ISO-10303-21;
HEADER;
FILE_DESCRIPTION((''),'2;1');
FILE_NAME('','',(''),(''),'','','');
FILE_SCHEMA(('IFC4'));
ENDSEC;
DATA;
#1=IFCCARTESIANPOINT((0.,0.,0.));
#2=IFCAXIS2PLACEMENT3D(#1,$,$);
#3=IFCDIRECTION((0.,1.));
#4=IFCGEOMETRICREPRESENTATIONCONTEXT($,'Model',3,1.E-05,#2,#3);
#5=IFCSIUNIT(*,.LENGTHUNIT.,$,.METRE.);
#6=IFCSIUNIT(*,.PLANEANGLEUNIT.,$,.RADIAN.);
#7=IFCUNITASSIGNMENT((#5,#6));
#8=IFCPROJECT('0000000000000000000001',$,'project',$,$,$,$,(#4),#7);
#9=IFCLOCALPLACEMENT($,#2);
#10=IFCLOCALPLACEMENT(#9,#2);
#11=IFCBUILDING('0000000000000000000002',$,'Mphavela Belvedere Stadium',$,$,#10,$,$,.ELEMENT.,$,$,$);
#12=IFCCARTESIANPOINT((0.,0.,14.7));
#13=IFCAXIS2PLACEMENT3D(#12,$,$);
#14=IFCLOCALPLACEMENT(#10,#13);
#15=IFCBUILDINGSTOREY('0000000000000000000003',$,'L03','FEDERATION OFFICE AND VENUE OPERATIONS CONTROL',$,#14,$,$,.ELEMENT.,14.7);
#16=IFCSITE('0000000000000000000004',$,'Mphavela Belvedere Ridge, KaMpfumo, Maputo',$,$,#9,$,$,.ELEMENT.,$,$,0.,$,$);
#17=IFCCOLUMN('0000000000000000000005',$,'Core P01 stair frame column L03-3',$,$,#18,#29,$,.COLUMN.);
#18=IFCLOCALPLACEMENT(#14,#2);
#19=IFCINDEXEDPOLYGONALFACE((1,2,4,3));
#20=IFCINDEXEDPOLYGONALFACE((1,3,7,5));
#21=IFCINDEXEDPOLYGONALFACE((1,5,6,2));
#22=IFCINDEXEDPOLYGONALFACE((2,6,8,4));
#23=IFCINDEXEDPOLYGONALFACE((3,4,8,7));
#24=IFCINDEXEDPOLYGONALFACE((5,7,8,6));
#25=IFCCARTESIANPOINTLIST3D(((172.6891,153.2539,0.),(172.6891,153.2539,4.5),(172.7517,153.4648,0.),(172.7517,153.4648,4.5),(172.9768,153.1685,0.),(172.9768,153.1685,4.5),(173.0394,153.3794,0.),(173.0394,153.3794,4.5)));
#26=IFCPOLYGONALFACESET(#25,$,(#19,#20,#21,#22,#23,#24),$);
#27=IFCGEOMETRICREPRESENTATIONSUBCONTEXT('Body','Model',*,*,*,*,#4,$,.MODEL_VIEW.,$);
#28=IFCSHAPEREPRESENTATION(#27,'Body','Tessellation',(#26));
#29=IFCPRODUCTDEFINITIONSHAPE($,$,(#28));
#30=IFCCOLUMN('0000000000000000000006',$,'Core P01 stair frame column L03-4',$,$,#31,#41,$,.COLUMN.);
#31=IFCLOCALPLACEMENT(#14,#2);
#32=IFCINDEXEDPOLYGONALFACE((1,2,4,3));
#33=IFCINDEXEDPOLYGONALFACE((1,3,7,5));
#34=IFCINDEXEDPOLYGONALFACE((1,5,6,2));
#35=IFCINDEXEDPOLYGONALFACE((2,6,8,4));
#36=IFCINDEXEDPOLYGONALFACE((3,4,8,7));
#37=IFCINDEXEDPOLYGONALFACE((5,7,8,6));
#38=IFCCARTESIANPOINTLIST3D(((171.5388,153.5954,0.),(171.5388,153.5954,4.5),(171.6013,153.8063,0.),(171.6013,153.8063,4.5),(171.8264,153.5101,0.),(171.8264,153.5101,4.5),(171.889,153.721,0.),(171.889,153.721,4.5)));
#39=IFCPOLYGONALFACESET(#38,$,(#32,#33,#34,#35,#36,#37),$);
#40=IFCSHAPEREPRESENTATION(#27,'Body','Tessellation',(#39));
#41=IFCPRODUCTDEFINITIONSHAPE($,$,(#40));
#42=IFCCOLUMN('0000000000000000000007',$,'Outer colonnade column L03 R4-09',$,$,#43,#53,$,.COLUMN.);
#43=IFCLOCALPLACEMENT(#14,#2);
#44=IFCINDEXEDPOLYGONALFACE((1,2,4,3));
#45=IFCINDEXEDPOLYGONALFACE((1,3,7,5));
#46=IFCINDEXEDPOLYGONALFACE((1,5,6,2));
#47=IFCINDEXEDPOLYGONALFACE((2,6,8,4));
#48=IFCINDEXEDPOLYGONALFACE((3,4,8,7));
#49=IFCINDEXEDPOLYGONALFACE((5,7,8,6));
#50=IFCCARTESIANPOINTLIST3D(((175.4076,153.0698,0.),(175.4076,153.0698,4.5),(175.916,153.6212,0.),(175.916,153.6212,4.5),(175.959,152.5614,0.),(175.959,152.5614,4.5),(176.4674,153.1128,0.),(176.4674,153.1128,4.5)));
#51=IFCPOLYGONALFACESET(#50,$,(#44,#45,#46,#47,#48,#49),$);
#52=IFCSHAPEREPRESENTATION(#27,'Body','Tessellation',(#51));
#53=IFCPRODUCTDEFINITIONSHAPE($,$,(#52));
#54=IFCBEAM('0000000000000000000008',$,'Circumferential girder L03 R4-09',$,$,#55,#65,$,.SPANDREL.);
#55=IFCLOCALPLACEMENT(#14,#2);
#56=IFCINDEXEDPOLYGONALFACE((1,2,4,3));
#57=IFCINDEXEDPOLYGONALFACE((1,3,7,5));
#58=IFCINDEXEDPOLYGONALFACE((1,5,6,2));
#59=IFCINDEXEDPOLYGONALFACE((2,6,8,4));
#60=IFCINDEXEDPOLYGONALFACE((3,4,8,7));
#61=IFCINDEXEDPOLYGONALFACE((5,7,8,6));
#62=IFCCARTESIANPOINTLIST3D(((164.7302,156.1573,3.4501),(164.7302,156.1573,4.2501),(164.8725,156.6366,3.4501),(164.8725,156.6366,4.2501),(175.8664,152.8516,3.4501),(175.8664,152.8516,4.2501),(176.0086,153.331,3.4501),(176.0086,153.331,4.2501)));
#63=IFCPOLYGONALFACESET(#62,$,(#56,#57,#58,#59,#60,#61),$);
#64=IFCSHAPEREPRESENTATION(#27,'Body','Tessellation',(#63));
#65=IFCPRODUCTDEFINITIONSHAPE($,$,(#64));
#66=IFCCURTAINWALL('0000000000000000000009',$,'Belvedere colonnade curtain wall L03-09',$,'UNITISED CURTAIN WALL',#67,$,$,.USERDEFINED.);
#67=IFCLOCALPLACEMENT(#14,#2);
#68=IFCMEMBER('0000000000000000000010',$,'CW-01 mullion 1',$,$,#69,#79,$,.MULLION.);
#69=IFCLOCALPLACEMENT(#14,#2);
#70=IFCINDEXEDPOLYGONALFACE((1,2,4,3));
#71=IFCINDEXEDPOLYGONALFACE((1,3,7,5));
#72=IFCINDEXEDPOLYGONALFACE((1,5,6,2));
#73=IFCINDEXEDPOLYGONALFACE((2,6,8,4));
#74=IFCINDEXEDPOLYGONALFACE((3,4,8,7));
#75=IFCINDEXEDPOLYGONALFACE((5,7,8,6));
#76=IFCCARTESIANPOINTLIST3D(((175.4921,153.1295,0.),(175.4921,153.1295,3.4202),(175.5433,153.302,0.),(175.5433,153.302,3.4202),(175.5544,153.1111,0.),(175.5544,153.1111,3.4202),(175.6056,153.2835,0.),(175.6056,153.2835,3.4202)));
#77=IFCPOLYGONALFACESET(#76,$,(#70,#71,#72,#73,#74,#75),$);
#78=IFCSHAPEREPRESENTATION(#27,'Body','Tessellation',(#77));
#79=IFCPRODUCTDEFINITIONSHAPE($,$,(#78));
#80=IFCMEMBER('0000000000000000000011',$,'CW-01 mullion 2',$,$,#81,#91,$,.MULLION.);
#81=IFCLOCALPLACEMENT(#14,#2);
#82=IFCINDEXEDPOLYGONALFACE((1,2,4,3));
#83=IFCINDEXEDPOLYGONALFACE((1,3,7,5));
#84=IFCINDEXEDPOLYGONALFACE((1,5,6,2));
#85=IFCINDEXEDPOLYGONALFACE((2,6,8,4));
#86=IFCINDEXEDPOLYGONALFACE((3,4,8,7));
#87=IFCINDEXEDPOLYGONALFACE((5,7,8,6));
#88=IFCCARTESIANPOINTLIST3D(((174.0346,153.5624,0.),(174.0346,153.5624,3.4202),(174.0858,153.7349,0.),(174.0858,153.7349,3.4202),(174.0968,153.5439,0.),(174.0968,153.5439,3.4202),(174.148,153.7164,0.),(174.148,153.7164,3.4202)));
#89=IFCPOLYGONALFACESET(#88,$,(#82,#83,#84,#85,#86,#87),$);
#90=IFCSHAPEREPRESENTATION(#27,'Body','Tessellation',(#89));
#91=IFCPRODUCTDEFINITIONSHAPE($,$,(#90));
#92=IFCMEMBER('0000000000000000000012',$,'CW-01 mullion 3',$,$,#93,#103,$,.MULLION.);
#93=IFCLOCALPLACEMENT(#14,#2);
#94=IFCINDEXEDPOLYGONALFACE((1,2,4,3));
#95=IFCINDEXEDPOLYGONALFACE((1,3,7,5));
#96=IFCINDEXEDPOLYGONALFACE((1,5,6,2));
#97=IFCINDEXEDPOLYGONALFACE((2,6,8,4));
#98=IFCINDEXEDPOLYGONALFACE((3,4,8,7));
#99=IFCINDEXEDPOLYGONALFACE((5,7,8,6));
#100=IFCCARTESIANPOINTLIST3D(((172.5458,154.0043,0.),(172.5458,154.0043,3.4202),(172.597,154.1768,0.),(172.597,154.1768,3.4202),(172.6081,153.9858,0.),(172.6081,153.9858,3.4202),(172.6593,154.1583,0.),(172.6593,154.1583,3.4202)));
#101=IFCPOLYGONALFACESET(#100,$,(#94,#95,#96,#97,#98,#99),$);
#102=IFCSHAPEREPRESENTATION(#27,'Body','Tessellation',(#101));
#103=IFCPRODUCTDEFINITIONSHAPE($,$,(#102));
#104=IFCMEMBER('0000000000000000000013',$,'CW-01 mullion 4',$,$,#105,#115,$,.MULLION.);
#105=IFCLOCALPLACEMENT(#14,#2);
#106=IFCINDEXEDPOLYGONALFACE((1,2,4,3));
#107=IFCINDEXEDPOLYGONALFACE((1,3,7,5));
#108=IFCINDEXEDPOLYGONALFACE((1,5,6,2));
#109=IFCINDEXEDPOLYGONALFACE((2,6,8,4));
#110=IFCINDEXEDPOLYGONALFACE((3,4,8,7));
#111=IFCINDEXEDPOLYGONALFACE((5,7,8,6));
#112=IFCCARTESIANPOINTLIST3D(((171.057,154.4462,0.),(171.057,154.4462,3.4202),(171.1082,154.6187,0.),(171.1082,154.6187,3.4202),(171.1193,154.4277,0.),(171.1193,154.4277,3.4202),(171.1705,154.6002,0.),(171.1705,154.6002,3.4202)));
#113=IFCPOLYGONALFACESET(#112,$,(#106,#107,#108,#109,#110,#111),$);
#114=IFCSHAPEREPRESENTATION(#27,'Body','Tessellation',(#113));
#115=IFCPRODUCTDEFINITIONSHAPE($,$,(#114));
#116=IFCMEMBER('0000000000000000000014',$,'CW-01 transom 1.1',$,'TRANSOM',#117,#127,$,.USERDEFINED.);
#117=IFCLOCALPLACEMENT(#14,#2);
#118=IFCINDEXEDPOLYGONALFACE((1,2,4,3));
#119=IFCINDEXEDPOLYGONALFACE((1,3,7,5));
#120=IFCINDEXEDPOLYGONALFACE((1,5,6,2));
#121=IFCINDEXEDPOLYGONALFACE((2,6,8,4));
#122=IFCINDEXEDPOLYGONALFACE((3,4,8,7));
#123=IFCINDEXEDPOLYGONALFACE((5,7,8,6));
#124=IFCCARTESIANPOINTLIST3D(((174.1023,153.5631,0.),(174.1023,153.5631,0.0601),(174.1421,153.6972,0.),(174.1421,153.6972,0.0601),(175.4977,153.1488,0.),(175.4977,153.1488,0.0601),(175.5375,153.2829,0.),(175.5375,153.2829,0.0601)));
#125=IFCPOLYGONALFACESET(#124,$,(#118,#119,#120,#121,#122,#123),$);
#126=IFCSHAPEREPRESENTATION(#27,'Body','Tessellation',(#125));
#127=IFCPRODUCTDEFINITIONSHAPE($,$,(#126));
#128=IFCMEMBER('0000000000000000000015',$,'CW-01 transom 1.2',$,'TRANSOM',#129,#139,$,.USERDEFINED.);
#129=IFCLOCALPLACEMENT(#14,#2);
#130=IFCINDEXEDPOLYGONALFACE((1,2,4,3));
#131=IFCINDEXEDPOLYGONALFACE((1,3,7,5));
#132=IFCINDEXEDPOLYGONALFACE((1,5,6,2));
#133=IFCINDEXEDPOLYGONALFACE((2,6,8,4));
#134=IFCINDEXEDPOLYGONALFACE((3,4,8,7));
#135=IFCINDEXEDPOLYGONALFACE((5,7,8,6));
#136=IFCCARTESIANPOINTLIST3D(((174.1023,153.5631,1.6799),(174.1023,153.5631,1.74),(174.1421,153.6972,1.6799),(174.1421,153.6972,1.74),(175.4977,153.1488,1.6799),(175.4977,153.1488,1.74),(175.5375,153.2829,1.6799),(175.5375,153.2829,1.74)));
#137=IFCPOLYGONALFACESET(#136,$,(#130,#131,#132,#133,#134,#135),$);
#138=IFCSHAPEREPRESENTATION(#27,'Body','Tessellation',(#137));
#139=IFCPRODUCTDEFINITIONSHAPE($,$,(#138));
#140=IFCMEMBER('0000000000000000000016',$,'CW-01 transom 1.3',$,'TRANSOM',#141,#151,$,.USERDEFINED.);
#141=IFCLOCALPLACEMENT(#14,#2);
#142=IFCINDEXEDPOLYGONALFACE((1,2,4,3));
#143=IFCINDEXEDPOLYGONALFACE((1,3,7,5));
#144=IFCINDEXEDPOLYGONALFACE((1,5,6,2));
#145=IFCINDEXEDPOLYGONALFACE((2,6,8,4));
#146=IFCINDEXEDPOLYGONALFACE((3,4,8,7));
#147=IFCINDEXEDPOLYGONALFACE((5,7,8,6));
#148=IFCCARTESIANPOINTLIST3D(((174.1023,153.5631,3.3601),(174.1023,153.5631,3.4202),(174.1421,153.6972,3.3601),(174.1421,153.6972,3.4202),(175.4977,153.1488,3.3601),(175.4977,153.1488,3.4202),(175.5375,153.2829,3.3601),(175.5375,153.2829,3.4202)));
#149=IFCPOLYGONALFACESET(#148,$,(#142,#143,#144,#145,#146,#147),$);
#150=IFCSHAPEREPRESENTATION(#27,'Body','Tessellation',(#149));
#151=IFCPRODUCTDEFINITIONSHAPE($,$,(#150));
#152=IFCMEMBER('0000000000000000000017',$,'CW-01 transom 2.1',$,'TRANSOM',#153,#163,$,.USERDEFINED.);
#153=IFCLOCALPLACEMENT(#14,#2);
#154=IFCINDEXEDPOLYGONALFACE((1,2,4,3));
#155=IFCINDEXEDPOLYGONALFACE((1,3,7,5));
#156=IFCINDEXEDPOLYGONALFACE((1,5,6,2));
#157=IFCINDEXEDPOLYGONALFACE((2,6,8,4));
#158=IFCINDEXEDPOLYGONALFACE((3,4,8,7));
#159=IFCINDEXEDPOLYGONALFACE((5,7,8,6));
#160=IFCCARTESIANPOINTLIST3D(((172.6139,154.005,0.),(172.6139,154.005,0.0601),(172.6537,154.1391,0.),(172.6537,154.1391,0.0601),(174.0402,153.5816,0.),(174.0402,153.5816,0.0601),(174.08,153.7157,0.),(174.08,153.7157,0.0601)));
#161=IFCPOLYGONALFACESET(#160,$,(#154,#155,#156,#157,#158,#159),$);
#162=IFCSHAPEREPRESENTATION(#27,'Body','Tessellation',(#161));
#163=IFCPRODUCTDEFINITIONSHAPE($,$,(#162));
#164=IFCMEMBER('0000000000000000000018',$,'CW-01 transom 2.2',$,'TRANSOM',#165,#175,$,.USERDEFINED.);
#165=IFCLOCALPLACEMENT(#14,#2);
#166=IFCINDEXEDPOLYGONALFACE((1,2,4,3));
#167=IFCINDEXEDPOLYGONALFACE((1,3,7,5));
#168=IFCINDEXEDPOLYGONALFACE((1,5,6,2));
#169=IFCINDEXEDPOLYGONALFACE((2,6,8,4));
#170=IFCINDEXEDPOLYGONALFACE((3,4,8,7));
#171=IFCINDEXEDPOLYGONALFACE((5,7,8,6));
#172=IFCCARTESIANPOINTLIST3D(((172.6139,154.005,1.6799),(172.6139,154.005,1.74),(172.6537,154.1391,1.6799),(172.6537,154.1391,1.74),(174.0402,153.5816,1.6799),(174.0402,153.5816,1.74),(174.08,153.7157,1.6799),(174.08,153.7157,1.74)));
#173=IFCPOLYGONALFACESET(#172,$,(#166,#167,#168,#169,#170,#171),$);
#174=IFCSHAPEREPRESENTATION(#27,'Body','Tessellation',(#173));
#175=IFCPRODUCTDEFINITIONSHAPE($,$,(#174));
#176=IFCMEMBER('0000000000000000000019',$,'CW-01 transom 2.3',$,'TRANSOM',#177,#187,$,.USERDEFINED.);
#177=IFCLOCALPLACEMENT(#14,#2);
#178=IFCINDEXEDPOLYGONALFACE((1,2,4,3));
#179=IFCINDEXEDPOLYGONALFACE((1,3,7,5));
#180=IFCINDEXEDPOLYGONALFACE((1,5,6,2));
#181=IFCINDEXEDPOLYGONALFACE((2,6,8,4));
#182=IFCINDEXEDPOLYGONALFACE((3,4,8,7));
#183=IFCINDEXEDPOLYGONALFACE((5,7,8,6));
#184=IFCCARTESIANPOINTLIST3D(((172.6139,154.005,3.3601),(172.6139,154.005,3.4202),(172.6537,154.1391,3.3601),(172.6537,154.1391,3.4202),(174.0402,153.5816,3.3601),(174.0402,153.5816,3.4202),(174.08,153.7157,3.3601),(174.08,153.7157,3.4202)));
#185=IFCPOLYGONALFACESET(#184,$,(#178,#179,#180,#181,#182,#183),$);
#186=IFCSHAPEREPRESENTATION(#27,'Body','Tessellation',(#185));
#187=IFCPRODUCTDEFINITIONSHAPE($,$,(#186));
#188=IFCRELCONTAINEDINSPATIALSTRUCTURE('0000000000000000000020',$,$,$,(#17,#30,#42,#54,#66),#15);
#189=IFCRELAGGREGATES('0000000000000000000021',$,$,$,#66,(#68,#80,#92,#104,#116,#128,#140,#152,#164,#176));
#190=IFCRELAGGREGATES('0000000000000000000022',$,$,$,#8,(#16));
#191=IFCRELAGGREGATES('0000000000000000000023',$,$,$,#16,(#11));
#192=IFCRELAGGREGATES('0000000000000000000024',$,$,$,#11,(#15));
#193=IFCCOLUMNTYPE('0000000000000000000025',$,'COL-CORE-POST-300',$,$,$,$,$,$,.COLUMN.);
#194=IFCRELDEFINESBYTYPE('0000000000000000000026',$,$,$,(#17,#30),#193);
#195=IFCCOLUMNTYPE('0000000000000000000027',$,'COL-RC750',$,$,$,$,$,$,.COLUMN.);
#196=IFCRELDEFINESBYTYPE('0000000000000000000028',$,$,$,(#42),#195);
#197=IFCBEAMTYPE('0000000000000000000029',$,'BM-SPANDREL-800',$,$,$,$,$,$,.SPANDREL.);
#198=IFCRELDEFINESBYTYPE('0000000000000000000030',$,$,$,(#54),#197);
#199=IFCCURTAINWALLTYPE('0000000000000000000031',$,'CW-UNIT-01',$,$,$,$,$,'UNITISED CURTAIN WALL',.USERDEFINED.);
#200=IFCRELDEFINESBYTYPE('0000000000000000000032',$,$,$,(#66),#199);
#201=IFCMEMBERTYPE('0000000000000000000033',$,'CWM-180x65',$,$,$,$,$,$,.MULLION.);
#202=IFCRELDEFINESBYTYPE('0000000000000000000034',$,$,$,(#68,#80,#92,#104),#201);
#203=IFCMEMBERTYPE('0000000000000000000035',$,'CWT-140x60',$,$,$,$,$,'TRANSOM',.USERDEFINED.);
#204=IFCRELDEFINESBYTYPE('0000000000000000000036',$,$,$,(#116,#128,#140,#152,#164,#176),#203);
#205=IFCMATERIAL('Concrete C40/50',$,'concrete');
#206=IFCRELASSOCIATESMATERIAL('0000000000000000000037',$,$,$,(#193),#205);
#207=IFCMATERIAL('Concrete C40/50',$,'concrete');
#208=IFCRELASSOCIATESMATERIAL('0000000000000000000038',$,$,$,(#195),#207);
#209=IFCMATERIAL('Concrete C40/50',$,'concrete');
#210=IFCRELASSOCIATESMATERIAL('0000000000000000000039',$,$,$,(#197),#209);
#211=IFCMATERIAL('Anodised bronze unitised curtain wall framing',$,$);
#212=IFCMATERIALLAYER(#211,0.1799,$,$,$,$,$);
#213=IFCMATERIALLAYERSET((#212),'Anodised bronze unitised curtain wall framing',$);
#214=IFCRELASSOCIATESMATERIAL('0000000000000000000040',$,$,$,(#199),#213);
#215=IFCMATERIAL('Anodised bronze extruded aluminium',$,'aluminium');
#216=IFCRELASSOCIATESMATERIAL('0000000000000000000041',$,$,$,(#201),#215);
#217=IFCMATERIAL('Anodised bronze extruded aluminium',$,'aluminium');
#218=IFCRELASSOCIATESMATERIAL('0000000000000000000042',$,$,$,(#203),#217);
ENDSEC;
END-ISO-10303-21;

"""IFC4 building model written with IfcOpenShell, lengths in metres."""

from ifc_helpers import new_model, si_unit, direction, frame, origin, origin_2d, place, context, subcontext, project, spatial, rectangle, extrude, material, layer, layer_set, material_profile, profile_set, type_object, element, aggregate, save


model = new_model("IFC4")

# Units and contexts
model_context = context("Model", 3, precision=1e-05, world=origin(), true_north=direction((0.0, 1.0)))
body_context = subcontext(model_context, "Body", "Model", "MODEL_VIEW")
ifc_project = project(units=[si_unit("LENGTHUNIT", "METRE"), si_unit("PLANEANGLEUNIT", "RADIAN")], contexts=[model_context])

# Site, building, storey
site_placement = place(None, origin())
site = spatial("IfcSite", under=ifc_project, at=site_placement, Name="Mphavela Belvedere Ridge, KaMpfumo, Maputo", CompositionType="ELEMENT", RefElevation=0.0)
building_placement = place(site_placement, origin())
building = spatial("IfcBuilding", under=site, at=building_placement, Name="Mphavela Belvedere Stadium", CompositionType="ELEMENT")
storey_placement = place(building_placement, frame((0.0, 0.0, 14.7)))
storey = spatial("IfcBuildingStorey", under=building, at=storey_placement, Name="L03", Description="FEDERATION OFFICE AND VENUE OPERATIONS CONTROL", CompositionType="ELEMENT", Elevation=14.7)

# Columns
ifc_material_1 = material(Name="Concrete C40/50", Category="concrete")
ifc_material_profile_1 = material_profile(ifc_material_1, rectangle(XDim=0.3, YDim=0.22, at=origin_2d()), Name="RC 300x220")
ifc_profile_set_1 = profile_set([ifc_material_profile_1], Name="Concrete C40/50")
column_type_1 = type_object("IfcColumnType", Name="COL-CORE-POST-300", PredefinedType="COLUMN", material=ifc_profile_set_1)
for number, where, z_axis, x_axis, name in (
    (1, (172.8643, 153.3167, 0.0), (0.0, 0.0, 1.0), (0.958671, -0.284517, 0.0), "Core P01 stair frame column L03-3"),
    (2, (171.7139, 153.6582, 0.0), (0.0, 0.0, 1.0), (0.958671, -0.284517, 0.0), "Core P01 stair frame column L03-4"),
):
    element("IfcColumn", number, at=place(storey_placement, frame(where, z_axis=z_axis, x_axis=x_axis)), inside=storey, type_object=column_type_1, Name=name, PredefinedType="COLUMN", context=body_context, shape_type="SweptSolid", body=[
        extrude(rectangle(XDim=0.3, YDim=0.22, at=origin_2d()), origin(), (0.0, 0.0, 1.0), 4.5),
    ])
ifc_material_2 = material(Name="Concrete C40/50", Category="concrete")
ifc_material_profile_2 = material_profile(ifc_material_2, rectangle(XDim=0.75, YDim=0.75, at=origin_2d()), Name="RC 750x750")
ifc_profile_set_2 = profile_set([ifc_material_profile_2], Name="Concrete C40/50")
column_type_2 = type_object("IfcColumnType", Name="COL-RC750", PredefinedType="COLUMN", material=ifc_profile_set_2)
column_placement = place(storey_placement, frame((175.9375, 153.0913, 0.0), z_axis=(0.0, 0.0, 1.0), x_axis=(0.677903, 0.735151, 0.0)))
element("IfcColumn", 3, at=column_placement, inside=storey, type_object=column_type_2, Name="Outer colonnade column L03 R4-09", PredefinedType="COLUMN", context=body_context, shape_type="SweptSolid", body=[
    extrude(rectangle(XDim=0.75, YDim=0.75, at=origin_2d()), origin(), (0.0, 0.0, 1.0), 4.5),
])

# Beam
ifc_material_3 = material(Name="Concrete C40/50", Category="concrete")
ifc_material_profile_3 = material_profile(ifc_material_3, rectangle(XDim=0.5, YDim=0.8, at=origin_2d()), Name="RC 500x800")
ifc_profile_set_3 = profile_set([ifc_material_profile_3], Name="Concrete C40/50")
beam_type = type_object("IfcBeamType", Name="BM-SPANDREL-800", PredefinedType="SPANDREL", material=ifc_profile_set_3)
beam_placement = place(storey_placement, frame((175.9375, 153.0913, 3.8501), z_axis=(-0.958656, 0.284566, 0.0), x_axis=(-0.284566, -0.958656, 0.0)))
element("IfcBeam", 4, at=beam_placement, inside=storey, type_object=beam_type, Name="Circumferential girder L03 R4-09", PredefinedType="SPANDREL", context=body_context, shape_type="SweptSolid", body=[
    extrude(rectangle(XDim=0.5, YDim=0.8, at=origin_2d()), origin(), (0.0, 0.0, 1.0), 11.6165),
])

# Curtain wall, members
ifc_material_4 = material(Name="Anodised bronze unitised curtain wall framing")
ifc_layer_1 = layer(ifc_material_4, 0.1799)
ifc_layer_set_1 = layer_set([ifc_layer_1], Name="Anodised bronze unitised curtain wall framing")
curtain_wall_type = type_object("IfcCurtainWallType", Name="CW-UNIT-01", ElementType="UNITISED CURTAIN WALL", PredefinedType="USERDEFINED", material=ifc_layer_set_1)
curtain_wall_placement = place(storey_placement, origin())
curtain_wall = element("IfcCurtainWall", 5, at=curtain_wall_placement, inside=storey, type_object=curtain_wall_type, Name="Belvedere colonnade curtain wall L03-09", ObjectType="UNITISED CURTAIN WALL", PredefinedType="USERDEFINED")
ifc_material_5 = material(Name="Anodised bronze extruded aluminium", Category="aluminium")
ifc_material_profile_4 = material_profile(ifc_material_5, rectangle(XDim=0.1799, YDim=0.0649, at=origin_2d()), Name="CW-MUL 180x65")
ifc_profile_set_4 = profile_set([ifc_material_profile_4], Name="Anodised bronze extruded aluminium")
member_type_1 = type_object("IfcMemberType", Name="CWM-180x65", PredefinedType="MULLION", material=ifc_profile_set_4)
member_1_placement = place(storey_placement, frame((175.5488, 153.2065, 0.0), z_axis=(0.0, 0.0, 1.0), x_axis=(-0.284565, -0.958657, 0.0)))
member_1 = element("IfcMember", 6, at=member_1_placement, type_object=member_type_1, Name="CW-01 mullion 1", PredefinedType="MULLION", context=body_context, shape_type="SweptSolid", body=[
    extrude(rectangle(XDim=0.1799, YDim=0.0649, at=origin_2d()), origin(), (0.0, 0.0, 1.0), 3.4202),
])
member_2_placement = place(storey_placement, frame((174.0913, 153.6394, 0.0), z_axis=(0.0, 0.0, 1.0), x_axis=(-0.284565, -0.958657, 0.0)))
member_2 = element("IfcMember", 7, at=member_2_placement, type_object=member_type_1, Name="CW-01 mullion 2", PredefinedType="MULLION", context=body_context, shape_type="SweptSolid", body=[
    extrude(rectangle(XDim=0.1799, YDim=0.0649, at=origin_2d()), origin(), (0.0, 0.0, 1.0), 3.4202),
])
member_3_placement = place(storey_placement, frame((172.6025, 154.0813, 0.0), z_axis=(0.0, 0.0, 1.0), x_axis=(-0.284565, -0.958657, 0.0)))
member_3 = element("IfcMember", 8, at=member_3_placement, type_object=member_type_1, Name="CW-01 mullion 3", PredefinedType="MULLION", context=body_context, shape_type="SweptSolid", body=[
    extrude(rectangle(XDim=0.1799, YDim=0.0649, at=origin_2d()), origin(), (0.0, 0.0, 1.0), 3.4202),
])
member_4_placement = place(storey_placement, frame((171.1138, 154.5232, 0.0), z_axis=(0.0, 0.0, 1.0), x_axis=(-0.284565, -0.958657, 0.0)))
member_4 = element("IfcMember", 9, at=member_4_placement, type_object=member_type_1, Name="CW-01 mullion 4", PredefinedType="MULLION", context=body_context, shape_type="SweptSolid", body=[
    extrude(rectangle(XDim=0.1799, YDim=0.0649, at=origin_2d()), origin(), (0.0, 0.0, 1.0), 3.4202),
])
ifc_material_6 = material(Name="Anodised bronze extruded aluminium", Category="aluminium")
ifc_material_profile_5 = material_profile(ifc_material_6, rectangle(XDim=0.1399, YDim=0.0601, at=origin_2d()), Name="CW-TRN 140x60")
ifc_profile_set_5 = profile_set([ifc_material_profile_5], Name="Anodised bronze extruded aluminium")
member_type_2 = type_object("IfcMemberType", Name="CWT-140x60", ElementType="TRANSOM", PredefinedType="USERDEFINED", material=ifc_profile_set_5)
member_5_placement = place(storey_placement, frame((175.5176, 153.2158, 0.03), z_axis=(-0.95863, 0.284654, 0.0), x_axis=(-0.284654, -0.95863, 0.0)))
member_5 = element("IfcMember", 10, at=member_5_placement, type_object=member_type_2, Name="CW-01 transom 1.1", ObjectType="TRANSOM", PredefinedType="USERDEFINED", context=body_context, shape_type="SweptSolid", body=[
    extrude(rectangle(XDim=0.1399, YDim=0.0601, at=origin_2d()), origin(), (0.0, 0.0, 1.0), 1.4556),
])
member_6_placement = place(storey_placement, frame((175.5176, 153.2158, 1.71), z_axis=(-0.95863, 0.284654, 0.0), x_axis=(-0.284654, -0.95863, 0.0)))
member_6 = element("IfcMember", 11, at=member_6_placement, type_object=member_type_2, Name="CW-01 transom 1.2", ObjectType="TRANSOM", PredefinedType="USERDEFINED", context=body_context, shape_type="SweptSolid", body=[
    extrude(rectangle(XDim=0.1399, YDim=0.0601, at=origin_2d()), origin(), (0.0, 0.0, 1.0), 1.4556),
])
member_7_placement = place(storey_placement, frame((175.5176, 153.2158, 3.3901), z_axis=(-0.95863, 0.284654, 0.0), x_axis=(-0.284654, -0.95863, 0.0)))
member_7 = element("IfcMember", 12, at=member_7_placement, type_object=member_type_2, Name="CW-01 transom 1.3", ObjectType="TRANSOM", PredefinedType="USERDEFINED", context=body_context, shape_type="SweptSolid", body=[
    extrude(rectangle(XDim=0.1399, YDim=0.0601, at=origin_2d()), origin(), (0.0, 0.0, 1.0), 1.4556),
])
member_8_placement = place(storey_placement, frame((174.0601, 153.6487, 0.03), z_axis=(-0.958662, 0.284546, 0.0), x_axis=(-0.284546, -0.958662, 0.0)))
member_8 = element("IfcMember", 13, at=member_8_placement, type_object=member_type_2, Name="CW-01 transom 2.1", ObjectType="TRANSOM", PredefinedType="USERDEFINED", context=body_context, shape_type="SweptSolid", body=[
    extrude(rectangle(XDim=0.1399, YDim=0.0601, at=origin_2d()), origin(), (0.0, 0.0, 1.0), 1.4878),
])
member_9_placement = place(storey_placement, frame((174.0601, 153.6487, 1.71), z_axis=(-0.958662, 0.284546, 0.0), x_axis=(-0.284546, -0.958662, 0.0)))
member_9 = element("IfcMember", 14, at=member_9_placement, type_object=member_type_2, Name="CW-01 transom 2.2", ObjectType="TRANSOM", PredefinedType="USERDEFINED", context=body_context, shape_type="SweptSolid", body=[
    extrude(rectangle(XDim=0.1399, YDim=0.0601, at=origin_2d()), origin(), (0.0, 0.0, 1.0), 1.4878),
])
member_10_placement = place(storey_placement, frame((174.0601, 153.6487, 3.3901), z_axis=(-0.958662, 0.284546, 0.0), x_axis=(-0.284546, -0.958662, 0.0)))
member_10 = element("IfcMember", 15, at=member_10_placement, type_object=member_type_2, Name="CW-01 transom 2.3", ObjectType="TRANSOM", PredefinedType="USERDEFINED", context=body_context, shape_type="SweptSolid", body=[
    extrude(rectangle(XDim=0.1399, YDim=0.0601, at=origin_2d()), origin(), (0.0, 0.0, 1.0), 1.4878),
])
aggregate(curtain_wall, [member_1, member_2, member_3, member_4, member_5, member_6, member_7, member_8, member_9, member_10])

save(model, "model.ifc")
